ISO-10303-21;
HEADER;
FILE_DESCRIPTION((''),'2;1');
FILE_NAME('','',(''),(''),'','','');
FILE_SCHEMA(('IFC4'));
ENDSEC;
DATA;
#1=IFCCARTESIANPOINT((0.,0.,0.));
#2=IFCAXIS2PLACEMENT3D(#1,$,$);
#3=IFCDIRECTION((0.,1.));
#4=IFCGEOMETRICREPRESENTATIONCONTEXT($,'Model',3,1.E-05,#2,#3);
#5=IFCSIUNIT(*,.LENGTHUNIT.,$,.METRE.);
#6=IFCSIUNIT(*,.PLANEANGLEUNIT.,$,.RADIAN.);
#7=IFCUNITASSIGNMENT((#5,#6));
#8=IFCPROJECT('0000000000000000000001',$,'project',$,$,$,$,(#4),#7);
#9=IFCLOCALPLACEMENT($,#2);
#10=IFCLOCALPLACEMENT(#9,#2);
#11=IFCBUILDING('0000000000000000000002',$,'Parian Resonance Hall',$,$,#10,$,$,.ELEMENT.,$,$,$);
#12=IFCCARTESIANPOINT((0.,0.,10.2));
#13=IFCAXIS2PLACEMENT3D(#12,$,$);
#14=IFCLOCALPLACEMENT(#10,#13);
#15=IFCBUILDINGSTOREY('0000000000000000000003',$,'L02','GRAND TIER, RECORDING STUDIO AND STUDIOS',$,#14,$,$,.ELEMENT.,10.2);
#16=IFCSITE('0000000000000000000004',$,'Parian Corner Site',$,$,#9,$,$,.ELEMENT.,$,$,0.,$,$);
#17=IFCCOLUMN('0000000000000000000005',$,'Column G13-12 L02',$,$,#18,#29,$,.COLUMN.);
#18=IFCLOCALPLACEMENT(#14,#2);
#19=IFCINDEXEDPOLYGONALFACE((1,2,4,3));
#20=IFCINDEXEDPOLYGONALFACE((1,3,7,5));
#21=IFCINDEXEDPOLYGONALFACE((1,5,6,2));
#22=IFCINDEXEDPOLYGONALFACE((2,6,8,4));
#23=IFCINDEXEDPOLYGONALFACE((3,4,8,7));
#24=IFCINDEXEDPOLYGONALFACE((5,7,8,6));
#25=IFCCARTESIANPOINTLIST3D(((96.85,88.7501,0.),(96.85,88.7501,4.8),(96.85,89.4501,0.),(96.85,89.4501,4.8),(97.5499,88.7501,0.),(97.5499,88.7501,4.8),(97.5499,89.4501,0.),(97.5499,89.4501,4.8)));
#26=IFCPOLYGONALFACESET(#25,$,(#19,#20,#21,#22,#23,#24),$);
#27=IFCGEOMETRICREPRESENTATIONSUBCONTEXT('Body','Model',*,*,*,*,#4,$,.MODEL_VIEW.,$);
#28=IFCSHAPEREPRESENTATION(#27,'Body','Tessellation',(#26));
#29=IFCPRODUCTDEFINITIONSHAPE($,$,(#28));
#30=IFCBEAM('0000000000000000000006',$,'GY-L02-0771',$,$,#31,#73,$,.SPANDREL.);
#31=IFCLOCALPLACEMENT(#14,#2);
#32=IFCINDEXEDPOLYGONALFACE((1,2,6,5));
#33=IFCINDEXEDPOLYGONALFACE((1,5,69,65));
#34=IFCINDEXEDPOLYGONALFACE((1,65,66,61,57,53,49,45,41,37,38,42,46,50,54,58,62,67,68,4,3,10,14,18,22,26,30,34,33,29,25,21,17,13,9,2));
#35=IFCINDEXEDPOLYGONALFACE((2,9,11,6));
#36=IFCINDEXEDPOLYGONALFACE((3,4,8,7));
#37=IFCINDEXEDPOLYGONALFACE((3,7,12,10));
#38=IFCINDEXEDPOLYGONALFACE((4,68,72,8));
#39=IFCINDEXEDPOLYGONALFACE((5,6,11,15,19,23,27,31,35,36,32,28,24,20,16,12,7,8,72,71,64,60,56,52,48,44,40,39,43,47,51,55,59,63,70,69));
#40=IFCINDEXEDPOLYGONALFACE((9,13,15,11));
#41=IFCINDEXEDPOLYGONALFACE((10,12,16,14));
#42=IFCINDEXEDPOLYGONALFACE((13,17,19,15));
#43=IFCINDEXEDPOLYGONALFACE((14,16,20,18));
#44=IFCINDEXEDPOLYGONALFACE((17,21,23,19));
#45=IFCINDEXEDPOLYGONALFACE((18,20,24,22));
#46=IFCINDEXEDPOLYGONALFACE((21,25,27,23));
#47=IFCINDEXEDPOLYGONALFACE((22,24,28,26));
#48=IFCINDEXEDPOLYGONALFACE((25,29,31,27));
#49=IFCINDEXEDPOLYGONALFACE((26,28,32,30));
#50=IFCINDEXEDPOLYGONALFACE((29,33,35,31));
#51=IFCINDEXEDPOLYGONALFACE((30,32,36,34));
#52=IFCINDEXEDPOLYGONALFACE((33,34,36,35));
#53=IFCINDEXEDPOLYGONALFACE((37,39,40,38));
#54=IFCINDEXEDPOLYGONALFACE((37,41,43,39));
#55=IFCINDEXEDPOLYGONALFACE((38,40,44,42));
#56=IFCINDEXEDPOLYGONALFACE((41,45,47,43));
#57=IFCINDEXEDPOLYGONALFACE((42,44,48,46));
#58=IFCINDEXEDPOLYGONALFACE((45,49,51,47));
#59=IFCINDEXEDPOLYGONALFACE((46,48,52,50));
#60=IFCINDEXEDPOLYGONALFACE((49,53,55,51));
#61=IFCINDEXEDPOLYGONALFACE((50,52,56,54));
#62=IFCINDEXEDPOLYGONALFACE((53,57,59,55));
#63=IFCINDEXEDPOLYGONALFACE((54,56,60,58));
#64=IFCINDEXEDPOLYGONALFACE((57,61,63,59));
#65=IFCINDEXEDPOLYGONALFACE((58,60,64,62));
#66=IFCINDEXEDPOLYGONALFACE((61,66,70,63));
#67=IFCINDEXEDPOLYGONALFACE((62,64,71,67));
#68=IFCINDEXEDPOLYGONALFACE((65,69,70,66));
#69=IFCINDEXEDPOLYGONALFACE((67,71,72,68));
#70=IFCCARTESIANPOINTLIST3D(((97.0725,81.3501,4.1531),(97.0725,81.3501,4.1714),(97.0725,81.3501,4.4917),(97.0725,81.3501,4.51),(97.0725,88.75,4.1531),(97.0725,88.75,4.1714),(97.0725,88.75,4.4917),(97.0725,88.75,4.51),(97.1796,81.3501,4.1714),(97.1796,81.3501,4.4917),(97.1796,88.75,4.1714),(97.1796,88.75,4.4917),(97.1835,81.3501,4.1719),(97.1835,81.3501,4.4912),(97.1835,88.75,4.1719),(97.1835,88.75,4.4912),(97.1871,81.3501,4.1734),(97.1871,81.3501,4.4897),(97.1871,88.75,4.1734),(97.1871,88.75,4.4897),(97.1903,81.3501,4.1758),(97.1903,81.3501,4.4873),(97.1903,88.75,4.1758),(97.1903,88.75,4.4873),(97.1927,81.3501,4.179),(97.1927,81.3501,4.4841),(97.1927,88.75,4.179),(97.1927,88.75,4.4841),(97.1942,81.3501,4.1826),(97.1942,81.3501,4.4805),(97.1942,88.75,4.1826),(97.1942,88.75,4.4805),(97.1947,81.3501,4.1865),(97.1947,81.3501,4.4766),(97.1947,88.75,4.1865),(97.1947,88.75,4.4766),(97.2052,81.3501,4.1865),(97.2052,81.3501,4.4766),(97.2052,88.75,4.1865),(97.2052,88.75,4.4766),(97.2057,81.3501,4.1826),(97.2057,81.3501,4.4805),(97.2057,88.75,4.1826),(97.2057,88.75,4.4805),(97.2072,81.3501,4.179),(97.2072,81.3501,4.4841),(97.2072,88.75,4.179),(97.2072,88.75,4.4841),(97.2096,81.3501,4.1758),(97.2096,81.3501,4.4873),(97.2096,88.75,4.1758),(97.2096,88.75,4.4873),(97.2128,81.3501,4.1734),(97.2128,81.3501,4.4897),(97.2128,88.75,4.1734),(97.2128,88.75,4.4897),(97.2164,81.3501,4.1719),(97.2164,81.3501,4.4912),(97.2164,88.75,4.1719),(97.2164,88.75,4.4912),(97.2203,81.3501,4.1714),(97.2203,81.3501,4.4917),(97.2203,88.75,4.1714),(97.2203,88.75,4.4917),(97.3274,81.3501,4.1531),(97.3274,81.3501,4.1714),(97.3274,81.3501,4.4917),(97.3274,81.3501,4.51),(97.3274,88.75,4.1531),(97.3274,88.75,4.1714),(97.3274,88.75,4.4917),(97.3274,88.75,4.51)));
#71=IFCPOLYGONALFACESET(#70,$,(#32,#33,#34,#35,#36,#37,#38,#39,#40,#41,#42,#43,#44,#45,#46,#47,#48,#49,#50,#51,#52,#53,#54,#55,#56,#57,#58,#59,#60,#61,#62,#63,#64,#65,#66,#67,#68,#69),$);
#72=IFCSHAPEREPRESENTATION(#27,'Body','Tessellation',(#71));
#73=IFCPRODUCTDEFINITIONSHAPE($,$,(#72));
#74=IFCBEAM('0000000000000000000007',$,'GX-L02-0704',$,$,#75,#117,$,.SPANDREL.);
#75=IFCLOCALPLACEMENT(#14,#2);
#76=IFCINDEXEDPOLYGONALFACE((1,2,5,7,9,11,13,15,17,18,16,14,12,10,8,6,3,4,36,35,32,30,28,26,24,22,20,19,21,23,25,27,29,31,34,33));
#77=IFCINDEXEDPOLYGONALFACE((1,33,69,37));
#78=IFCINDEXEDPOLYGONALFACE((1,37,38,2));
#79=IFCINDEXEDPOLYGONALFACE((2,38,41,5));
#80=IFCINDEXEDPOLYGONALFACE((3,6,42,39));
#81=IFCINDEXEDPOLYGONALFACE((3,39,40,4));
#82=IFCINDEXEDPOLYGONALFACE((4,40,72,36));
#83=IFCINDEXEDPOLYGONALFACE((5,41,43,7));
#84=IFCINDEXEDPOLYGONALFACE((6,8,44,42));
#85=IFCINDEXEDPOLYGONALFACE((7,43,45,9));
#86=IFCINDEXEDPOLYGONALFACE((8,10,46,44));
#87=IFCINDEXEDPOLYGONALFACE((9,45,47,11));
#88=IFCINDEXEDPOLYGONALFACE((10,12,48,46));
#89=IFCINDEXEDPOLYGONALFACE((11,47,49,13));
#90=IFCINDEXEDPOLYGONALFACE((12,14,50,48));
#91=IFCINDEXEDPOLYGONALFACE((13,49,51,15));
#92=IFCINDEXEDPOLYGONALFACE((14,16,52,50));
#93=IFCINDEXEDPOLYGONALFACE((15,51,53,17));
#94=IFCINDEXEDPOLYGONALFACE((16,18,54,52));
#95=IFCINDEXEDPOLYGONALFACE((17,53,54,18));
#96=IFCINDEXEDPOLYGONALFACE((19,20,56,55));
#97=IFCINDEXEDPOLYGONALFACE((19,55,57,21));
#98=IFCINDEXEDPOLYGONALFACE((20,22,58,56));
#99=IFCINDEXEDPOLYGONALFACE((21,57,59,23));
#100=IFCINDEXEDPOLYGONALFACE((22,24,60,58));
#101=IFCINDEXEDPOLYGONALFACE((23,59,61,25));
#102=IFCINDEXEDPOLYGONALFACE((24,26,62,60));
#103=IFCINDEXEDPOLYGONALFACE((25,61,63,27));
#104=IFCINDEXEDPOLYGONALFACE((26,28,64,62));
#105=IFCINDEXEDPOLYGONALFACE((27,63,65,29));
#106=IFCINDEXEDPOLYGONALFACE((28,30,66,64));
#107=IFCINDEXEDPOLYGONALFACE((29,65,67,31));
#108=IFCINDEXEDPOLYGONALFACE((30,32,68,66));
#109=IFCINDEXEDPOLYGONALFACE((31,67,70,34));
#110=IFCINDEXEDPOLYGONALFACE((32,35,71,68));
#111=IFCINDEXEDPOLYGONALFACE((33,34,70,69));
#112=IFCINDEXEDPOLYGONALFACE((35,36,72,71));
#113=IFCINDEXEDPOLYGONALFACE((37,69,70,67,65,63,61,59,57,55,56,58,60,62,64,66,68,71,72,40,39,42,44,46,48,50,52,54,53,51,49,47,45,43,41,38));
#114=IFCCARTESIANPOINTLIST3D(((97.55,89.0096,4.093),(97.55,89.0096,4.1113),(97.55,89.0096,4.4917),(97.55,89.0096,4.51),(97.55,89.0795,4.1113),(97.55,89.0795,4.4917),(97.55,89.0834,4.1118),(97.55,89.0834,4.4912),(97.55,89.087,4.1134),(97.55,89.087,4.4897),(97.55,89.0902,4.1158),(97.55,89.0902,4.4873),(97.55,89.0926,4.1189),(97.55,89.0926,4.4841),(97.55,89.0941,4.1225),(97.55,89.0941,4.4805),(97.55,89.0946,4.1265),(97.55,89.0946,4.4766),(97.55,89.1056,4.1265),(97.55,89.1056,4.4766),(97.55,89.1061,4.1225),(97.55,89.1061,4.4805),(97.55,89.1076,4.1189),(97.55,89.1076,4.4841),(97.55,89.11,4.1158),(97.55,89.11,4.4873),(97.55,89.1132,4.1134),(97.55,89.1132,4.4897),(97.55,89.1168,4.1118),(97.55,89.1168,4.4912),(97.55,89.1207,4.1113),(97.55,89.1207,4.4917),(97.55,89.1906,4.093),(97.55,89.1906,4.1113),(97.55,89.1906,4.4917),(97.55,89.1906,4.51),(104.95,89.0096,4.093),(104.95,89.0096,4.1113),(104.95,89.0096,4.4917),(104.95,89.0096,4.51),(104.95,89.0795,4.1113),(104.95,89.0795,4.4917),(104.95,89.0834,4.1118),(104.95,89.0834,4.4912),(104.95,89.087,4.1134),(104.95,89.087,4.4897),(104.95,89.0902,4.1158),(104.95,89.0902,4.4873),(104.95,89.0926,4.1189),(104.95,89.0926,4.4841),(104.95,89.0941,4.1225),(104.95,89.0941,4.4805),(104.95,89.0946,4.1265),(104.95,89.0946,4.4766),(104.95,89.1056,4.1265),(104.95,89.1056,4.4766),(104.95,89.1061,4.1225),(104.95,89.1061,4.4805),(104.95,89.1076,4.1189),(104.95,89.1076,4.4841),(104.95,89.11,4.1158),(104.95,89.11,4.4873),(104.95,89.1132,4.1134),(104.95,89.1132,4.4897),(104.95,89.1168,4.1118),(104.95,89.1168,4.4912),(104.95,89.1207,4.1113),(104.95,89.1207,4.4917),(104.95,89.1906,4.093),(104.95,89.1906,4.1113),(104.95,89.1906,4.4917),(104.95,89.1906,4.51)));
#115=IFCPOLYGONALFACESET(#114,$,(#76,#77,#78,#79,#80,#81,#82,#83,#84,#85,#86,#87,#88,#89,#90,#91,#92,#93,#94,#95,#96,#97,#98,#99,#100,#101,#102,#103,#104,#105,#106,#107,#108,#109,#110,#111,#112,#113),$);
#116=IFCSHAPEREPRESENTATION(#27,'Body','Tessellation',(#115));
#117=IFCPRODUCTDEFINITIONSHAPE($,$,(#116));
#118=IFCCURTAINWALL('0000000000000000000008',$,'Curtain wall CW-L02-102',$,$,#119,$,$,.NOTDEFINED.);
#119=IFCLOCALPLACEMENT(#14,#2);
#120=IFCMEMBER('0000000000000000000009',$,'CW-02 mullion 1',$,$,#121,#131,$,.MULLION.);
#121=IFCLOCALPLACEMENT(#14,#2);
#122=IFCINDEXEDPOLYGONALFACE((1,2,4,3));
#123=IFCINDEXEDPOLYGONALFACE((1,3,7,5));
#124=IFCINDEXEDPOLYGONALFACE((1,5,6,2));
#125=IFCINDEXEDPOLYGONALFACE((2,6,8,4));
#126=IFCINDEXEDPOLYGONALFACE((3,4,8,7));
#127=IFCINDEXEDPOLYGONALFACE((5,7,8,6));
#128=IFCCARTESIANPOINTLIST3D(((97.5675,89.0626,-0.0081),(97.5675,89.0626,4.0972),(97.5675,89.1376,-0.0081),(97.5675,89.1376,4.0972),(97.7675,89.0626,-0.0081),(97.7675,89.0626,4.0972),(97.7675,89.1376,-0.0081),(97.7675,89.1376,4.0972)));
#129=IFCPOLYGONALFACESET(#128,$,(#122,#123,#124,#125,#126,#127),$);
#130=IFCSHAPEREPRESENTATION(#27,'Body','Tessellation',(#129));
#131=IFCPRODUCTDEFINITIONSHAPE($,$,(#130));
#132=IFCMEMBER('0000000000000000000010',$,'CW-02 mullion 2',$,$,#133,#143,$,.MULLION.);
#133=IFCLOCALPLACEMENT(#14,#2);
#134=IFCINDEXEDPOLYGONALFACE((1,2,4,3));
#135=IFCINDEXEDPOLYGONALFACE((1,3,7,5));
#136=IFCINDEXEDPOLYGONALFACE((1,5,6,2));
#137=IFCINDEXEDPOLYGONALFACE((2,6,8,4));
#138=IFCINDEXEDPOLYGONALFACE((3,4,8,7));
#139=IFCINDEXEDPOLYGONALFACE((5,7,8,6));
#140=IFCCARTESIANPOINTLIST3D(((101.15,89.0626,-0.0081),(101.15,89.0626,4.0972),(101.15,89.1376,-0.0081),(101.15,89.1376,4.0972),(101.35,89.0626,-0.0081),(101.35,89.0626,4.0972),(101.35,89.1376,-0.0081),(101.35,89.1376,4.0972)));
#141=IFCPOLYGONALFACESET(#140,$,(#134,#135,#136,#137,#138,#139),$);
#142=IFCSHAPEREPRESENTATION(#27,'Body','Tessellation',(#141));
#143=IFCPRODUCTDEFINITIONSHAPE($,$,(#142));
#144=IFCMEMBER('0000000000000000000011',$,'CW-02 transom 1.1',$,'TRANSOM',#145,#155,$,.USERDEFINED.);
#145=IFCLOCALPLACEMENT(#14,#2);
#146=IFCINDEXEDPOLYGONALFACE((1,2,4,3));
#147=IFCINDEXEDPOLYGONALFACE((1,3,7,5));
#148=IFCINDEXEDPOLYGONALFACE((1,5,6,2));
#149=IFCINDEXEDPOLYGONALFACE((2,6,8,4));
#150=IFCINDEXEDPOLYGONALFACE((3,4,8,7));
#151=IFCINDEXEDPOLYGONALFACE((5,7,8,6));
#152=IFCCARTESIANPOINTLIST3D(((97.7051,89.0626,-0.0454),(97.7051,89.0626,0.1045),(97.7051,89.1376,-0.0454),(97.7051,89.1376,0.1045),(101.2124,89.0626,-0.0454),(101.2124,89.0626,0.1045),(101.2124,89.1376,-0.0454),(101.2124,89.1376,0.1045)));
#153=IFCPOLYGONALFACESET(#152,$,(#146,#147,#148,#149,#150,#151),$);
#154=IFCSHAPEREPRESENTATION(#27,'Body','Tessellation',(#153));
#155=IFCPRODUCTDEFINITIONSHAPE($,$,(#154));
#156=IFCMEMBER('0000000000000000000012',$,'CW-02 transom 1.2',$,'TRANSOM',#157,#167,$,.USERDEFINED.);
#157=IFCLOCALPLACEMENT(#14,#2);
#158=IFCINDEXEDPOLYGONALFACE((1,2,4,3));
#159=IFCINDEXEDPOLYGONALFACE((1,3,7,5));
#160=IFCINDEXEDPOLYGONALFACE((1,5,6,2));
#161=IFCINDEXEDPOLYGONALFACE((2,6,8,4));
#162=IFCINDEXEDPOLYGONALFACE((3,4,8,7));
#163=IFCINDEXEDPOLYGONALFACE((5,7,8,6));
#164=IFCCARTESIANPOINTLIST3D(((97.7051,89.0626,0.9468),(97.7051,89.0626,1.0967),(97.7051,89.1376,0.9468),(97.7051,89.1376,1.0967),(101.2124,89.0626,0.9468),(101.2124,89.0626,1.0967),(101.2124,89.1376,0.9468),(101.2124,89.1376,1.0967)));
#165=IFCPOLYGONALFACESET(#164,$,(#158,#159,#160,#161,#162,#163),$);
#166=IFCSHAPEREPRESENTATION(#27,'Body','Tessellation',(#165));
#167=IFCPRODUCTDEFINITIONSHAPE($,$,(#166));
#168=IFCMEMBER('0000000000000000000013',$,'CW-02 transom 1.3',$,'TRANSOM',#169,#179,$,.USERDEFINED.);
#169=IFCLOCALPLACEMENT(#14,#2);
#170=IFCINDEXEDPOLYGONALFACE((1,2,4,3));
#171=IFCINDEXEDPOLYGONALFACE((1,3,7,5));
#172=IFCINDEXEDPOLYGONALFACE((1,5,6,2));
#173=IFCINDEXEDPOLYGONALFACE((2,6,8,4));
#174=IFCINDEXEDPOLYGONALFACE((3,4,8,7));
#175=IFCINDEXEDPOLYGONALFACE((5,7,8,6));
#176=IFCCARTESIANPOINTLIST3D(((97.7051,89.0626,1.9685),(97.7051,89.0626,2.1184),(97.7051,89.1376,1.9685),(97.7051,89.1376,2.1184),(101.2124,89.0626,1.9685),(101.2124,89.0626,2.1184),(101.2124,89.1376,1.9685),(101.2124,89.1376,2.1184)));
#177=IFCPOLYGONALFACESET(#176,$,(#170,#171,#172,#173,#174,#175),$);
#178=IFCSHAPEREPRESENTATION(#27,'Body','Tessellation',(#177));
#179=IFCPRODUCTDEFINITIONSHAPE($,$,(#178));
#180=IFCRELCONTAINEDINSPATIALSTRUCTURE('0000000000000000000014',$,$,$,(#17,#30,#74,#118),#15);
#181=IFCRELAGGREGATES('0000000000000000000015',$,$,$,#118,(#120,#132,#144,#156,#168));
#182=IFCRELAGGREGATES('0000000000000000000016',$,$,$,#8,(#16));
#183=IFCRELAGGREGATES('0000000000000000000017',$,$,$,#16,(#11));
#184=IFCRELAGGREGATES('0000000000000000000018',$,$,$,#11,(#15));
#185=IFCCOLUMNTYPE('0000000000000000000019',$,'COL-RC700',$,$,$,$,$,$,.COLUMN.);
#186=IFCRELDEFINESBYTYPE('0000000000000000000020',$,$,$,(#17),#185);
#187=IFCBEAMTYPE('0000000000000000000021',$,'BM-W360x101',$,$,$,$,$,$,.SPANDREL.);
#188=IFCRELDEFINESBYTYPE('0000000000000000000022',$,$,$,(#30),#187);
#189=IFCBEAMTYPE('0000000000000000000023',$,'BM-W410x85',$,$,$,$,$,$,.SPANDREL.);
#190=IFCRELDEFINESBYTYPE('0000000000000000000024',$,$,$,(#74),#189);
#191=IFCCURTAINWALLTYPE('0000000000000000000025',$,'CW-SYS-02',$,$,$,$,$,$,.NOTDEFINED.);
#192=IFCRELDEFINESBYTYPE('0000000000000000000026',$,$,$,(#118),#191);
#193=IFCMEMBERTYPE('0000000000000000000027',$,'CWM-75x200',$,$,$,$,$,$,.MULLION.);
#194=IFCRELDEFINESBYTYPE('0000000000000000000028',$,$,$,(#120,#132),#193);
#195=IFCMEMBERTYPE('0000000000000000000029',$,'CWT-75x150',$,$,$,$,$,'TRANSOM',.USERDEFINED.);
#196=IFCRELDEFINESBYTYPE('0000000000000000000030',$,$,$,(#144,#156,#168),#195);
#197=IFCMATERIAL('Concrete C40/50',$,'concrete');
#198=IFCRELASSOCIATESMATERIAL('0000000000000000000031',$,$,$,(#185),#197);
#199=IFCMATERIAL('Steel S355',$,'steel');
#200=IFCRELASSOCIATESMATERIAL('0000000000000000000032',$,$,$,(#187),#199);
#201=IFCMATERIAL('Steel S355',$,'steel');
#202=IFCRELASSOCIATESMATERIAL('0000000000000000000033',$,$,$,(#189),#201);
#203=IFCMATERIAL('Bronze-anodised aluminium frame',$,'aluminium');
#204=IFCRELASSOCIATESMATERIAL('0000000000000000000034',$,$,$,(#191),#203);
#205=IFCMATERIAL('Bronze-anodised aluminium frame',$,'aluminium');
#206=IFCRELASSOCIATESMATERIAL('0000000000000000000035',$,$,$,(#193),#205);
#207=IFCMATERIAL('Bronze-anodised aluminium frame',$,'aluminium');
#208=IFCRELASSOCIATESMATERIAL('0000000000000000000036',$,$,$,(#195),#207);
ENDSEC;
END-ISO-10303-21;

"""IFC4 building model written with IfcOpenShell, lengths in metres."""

from ifc_helpers import new_model, si_unit, direction, frame, origin, origin_2d, place, context, subcontext, project, spatial, rectangle, i_section, extrude, material, material_profile, profile_set, type_object, element, aggregate, save


model = new_model("IFC4")

# Units and contexts
model_context = context("Model", 3, precision=1e-05, world=origin(), true_north=direction((0.0, 1.0)))
body_context = subcontext(model_context, "Body", "Model", "MODEL_VIEW")
ifc_project = project(units=[si_unit("LENGTHUNIT", "METRE"), si_unit("PLANEANGLEUNIT", "RADIAN")], contexts=[model_context])

# Site, building, storey
site_placement = place(None, origin())
site = spatial("IfcSite", under=ifc_project, at=site_placement, Name="Parian Corner Site", CompositionType="ELEMENT", RefElevation=0.0)
building_placement = place(site_placement, origin())
building = spatial("IfcBuilding", under=site, at=building_placement, Name="Parian Resonance Hall", CompositionType="ELEMENT")
storey_placement = place(building_placement, frame((0.0, 0.0, 10.2)))
storey = spatial("IfcBuildingStorey", under=building, at=storey_placement, Name="L02", Description="GRAND TIER, RECORDING STUDIO AND STUDIOS", CompositionType="ELEMENT", Elevation=10.2)

# Column
ifc_material_1 = material(Name="Concrete C40/50", Category="concrete")
ifc_material_profile_1 = material_profile(ifc_material_1, rectangle(XDim=0.7, YDim=0.7, at=origin_2d()), Name="RC-COL-700x700")
ifc_profile_set_1 = profile_set([ifc_material_profile_1], Name="Concrete C40/50")
column_type = type_object("IfcColumnType", Name="COL-RC700", PredefinedType="COLUMN", material=ifc_profile_set_1)
column_placement = place(storey_placement, frame((97.2, 89.1001, 0.0), z_axis=(0.0, 0.0, 1.0), x_axis=(1.0, 0.0, 0.0)))
element("IfcColumn", 1, at=column_placement, inside=storey, type_object=column_type, Name="Column G13-12 L02", PredefinedType="COLUMN", context=body_context, shape_type="SweptSolid", body=[
    extrude(rectangle(XDim=0.7, YDim=0.7, at=origin_2d()), origin(), (0.0, 0.0, 1.0), 4.8),
])

# Beams
ifc_material_2 = material(Name="Steel S355", Category="steel")
ifc_material_profile_2 = material_profile(ifc_material_2, i_section(OverallWidth=0.2549, OverallDepth=0.3569, WebThickness=0.0105, FlangeThickness=0.0183, FilletRadius=0.0151, at=origin_2d()), Name="W360x101")
ifc_profile_set_2 = profile_set([ifc_material_profile_2], Name="Steel S355")
beam_type_1 = type_object("IfcBeamType", Name="BM-W360x101", PredefinedType="SPANDREL", material=ifc_profile_set_2)
beam_1_placement = place(storey_placement, frame((97.2, 81.3501, 4.3315), z_axis=(0.0, 1.0, 0.0), x_axis=(-1.0, 0.0, 0.0)))
element("IfcBeam", 2, at=beam_1_placement, inside=storey, type_object=beam_type_1, Name="GY-L02-0771", PredefinedType="SPANDREL", context=body_context, shape_type="SweptSolid", body=[
    extrude(i_section(OverallWidth=0.2549, OverallDepth=0.3569, WebThickness=0.0105, FlangeThickness=0.0183, FilletRadius=0.0151, at=origin_2d()), origin(), (0.0, 0.0, 1.0), 7.3999),
])
ifc_material_3 = material(Name="Steel S355", Category="steel")
ifc_material_profile_3 = material_profile(ifc_material_3, i_section(OverallWidth=0.1809, OverallDepth=0.417, WebThickness=0.011, FlangeThickness=0.0183, FilletRadius=0.0151, at=origin_2d()), Name="W410x85")
ifc_profile_set_3 = profile_set([ifc_material_profile_3], Name="Steel S355")
beam_type_2 = type_object("IfcBeamType", Name="BM-W410x85", PredefinedType="SPANDREL", material=ifc_profile_set_3)
beam_2_placement = place(storey_placement, frame((97.55, 89.1001, 4.3015), z_axis=(1.0, 0.0, 0.0), x_axis=(0.0, 1.0, 0.0)))
element("IfcBeam", 3, at=beam_2_placement, inside=storey, type_object=beam_type_2, Name="GX-L02-0704", PredefinedType="SPANDREL", context=body_context, shape_type="SweptSolid", body=[
    extrude(i_section(OverallWidth=0.1809, OverallDepth=0.417, WebThickness=0.011, FlangeThickness=0.0183, FilletRadius=0.0151, at=origin_2d()), origin(), (0.0, 0.0, 1.0), 7.3999),
])

# Curtain wall, members
ifc_material_4 = material(Name="Bronze-anodised aluminium frame", Category="aluminium")
curtain_wall_type = type_object("IfcCurtainWallType", Name="CW-SYS-02", PredefinedType="NOTDEFINED", material=ifc_material_4)
curtain_wall_placement = place(storey_placement, origin())
curtain_wall = element("IfcCurtainWall", 4, at=curtain_wall_placement, inside=storey, type_object=curtain_wall_type, Name="Curtain wall CW-L02-102", PredefinedType="NOTDEFINED")
ifc_material_5 = material(Name="Bronze-anodised aluminium frame", Category="aluminium")
ifc_material_profile_4 = material_profile(ifc_material_5, rectangle(XDim=0.075, YDim=0.2, at=origin_2d()), Name="CWM-75x200")
ifc_profile_set_4 = profile_set([ifc_material_profile_4], Name="Bronze-anodised aluminium frame")
member_type_1 = type_object("IfcMemberType", Name="CWM-75x200", PredefinedType="MULLION", material=ifc_profile_set_4)
member_1_placement = place(storey_placement, frame((97.6675, 89.1001, -0.0081), z_axis=(0.0, 0.0, 1.0), x_axis=(0.0, 1.0, 0.0)))
member_1 = element("IfcMember", 5, at=member_1_placement, type_object=member_type_1, Name="CW-02 mullion 1", PredefinedType="MULLION", context=body_context, shape_type="SweptSolid", body=[
    extrude(rectangle(XDim=0.075, YDim=0.2, at=origin_2d()), origin(), (0.0, 0.0, 1.0), 4.1052),
])
member_2_placement = place(storey_placement, frame((101.25, 89.1001, -0.0081), z_axis=(0.0, 0.0, 1.0), x_axis=(0.0, 1.0, 0.0)))
member_2 = element("IfcMember", 6, at=member_2_placement, type_object=member_type_1, Name="CW-02 mullion 2", PredefinedType="MULLION", context=body_context, shape_type="SweptSolid", body=[
    extrude(rectangle(XDim=0.075, YDim=0.2, at=origin_2d()), origin(), (0.0, 0.0, 1.0), 4.1052),
])
ifc_material_6 = material(Name="Bronze-anodised aluminium frame", Category="aluminium")
ifc_material_profile_5 = material_profile(ifc_material_6, rectangle(XDim=0.075, YDim=0.1499, at=origin_2d()), Name="CWT-75x150")
ifc_profile_set_5 = profile_set([ifc_material_profile_5], Name="Bronze-anodised aluminium frame")
member_type_2 = type_object("IfcMemberType", Name="CWT-75x150", ElementType="TRANSOM", PredefinedType="USERDEFINED", material=ifc_profile_set_5)
member_3_placement = place(storey_placement, frame((97.7051, 89.1001, 0.0295), z_axis=(1.0, 0.0, 0.0), x_axis=(0.0, 1.0, 0.0)))
member_3 = element("IfcMember", 7, at=member_3_placement, type_object=member_type_2, Name="CW-02 transom 1.1", ObjectType="TRANSOM", PredefinedType="USERDEFINED", context=body_context, shape_type="SweptSolid", body=[
    extrude(rectangle(XDim=0.075, YDim=0.1499, at=origin_2d()), origin(), (0.0, 0.0, 1.0), 3.5073),
])
member_4_placement = place(storey_placement, frame((97.7051, 89.1001, 1.0217), z_axis=(1.0, 0.0, 0.0), x_axis=(0.0, 1.0, 0.0)))
member_4 = element("IfcMember", 8, at=member_4_placement, type_object=member_type_2, Name="CW-02 transom 1.2", ObjectType="TRANSOM", PredefinedType="USERDEFINED", context=body_context, shape_type="SweptSolid", body=[
    extrude(rectangle(XDim=0.075, YDim=0.1499, at=origin_2d()), origin(), (0.0, 0.0, 1.0), 3.5073),
])
member_5_placement = place(storey_placement, frame((97.7051, 89.1001, 2.0435), z_axis=(1.0, 0.0, 0.0), x_axis=(0.0, 1.0, 0.0)))
member_5 = element("IfcMember", 9, at=member_5_placement, type_object=member_type_2, Name="CW-02 transom 1.3", ObjectType="TRANSOM", PredefinedType="USERDEFINED", context=body_context, shape_type="SweptSolid", body=[
    extrude(rectangle(XDim=0.075, YDim=0.1499, at=origin_2d()), origin(), (0.0, 0.0, 1.0), 3.5073),
])
aggregate(curtain_wall, [member_1, member_2, member_3, member_4, member_5])

save(model, "model.ifc")
